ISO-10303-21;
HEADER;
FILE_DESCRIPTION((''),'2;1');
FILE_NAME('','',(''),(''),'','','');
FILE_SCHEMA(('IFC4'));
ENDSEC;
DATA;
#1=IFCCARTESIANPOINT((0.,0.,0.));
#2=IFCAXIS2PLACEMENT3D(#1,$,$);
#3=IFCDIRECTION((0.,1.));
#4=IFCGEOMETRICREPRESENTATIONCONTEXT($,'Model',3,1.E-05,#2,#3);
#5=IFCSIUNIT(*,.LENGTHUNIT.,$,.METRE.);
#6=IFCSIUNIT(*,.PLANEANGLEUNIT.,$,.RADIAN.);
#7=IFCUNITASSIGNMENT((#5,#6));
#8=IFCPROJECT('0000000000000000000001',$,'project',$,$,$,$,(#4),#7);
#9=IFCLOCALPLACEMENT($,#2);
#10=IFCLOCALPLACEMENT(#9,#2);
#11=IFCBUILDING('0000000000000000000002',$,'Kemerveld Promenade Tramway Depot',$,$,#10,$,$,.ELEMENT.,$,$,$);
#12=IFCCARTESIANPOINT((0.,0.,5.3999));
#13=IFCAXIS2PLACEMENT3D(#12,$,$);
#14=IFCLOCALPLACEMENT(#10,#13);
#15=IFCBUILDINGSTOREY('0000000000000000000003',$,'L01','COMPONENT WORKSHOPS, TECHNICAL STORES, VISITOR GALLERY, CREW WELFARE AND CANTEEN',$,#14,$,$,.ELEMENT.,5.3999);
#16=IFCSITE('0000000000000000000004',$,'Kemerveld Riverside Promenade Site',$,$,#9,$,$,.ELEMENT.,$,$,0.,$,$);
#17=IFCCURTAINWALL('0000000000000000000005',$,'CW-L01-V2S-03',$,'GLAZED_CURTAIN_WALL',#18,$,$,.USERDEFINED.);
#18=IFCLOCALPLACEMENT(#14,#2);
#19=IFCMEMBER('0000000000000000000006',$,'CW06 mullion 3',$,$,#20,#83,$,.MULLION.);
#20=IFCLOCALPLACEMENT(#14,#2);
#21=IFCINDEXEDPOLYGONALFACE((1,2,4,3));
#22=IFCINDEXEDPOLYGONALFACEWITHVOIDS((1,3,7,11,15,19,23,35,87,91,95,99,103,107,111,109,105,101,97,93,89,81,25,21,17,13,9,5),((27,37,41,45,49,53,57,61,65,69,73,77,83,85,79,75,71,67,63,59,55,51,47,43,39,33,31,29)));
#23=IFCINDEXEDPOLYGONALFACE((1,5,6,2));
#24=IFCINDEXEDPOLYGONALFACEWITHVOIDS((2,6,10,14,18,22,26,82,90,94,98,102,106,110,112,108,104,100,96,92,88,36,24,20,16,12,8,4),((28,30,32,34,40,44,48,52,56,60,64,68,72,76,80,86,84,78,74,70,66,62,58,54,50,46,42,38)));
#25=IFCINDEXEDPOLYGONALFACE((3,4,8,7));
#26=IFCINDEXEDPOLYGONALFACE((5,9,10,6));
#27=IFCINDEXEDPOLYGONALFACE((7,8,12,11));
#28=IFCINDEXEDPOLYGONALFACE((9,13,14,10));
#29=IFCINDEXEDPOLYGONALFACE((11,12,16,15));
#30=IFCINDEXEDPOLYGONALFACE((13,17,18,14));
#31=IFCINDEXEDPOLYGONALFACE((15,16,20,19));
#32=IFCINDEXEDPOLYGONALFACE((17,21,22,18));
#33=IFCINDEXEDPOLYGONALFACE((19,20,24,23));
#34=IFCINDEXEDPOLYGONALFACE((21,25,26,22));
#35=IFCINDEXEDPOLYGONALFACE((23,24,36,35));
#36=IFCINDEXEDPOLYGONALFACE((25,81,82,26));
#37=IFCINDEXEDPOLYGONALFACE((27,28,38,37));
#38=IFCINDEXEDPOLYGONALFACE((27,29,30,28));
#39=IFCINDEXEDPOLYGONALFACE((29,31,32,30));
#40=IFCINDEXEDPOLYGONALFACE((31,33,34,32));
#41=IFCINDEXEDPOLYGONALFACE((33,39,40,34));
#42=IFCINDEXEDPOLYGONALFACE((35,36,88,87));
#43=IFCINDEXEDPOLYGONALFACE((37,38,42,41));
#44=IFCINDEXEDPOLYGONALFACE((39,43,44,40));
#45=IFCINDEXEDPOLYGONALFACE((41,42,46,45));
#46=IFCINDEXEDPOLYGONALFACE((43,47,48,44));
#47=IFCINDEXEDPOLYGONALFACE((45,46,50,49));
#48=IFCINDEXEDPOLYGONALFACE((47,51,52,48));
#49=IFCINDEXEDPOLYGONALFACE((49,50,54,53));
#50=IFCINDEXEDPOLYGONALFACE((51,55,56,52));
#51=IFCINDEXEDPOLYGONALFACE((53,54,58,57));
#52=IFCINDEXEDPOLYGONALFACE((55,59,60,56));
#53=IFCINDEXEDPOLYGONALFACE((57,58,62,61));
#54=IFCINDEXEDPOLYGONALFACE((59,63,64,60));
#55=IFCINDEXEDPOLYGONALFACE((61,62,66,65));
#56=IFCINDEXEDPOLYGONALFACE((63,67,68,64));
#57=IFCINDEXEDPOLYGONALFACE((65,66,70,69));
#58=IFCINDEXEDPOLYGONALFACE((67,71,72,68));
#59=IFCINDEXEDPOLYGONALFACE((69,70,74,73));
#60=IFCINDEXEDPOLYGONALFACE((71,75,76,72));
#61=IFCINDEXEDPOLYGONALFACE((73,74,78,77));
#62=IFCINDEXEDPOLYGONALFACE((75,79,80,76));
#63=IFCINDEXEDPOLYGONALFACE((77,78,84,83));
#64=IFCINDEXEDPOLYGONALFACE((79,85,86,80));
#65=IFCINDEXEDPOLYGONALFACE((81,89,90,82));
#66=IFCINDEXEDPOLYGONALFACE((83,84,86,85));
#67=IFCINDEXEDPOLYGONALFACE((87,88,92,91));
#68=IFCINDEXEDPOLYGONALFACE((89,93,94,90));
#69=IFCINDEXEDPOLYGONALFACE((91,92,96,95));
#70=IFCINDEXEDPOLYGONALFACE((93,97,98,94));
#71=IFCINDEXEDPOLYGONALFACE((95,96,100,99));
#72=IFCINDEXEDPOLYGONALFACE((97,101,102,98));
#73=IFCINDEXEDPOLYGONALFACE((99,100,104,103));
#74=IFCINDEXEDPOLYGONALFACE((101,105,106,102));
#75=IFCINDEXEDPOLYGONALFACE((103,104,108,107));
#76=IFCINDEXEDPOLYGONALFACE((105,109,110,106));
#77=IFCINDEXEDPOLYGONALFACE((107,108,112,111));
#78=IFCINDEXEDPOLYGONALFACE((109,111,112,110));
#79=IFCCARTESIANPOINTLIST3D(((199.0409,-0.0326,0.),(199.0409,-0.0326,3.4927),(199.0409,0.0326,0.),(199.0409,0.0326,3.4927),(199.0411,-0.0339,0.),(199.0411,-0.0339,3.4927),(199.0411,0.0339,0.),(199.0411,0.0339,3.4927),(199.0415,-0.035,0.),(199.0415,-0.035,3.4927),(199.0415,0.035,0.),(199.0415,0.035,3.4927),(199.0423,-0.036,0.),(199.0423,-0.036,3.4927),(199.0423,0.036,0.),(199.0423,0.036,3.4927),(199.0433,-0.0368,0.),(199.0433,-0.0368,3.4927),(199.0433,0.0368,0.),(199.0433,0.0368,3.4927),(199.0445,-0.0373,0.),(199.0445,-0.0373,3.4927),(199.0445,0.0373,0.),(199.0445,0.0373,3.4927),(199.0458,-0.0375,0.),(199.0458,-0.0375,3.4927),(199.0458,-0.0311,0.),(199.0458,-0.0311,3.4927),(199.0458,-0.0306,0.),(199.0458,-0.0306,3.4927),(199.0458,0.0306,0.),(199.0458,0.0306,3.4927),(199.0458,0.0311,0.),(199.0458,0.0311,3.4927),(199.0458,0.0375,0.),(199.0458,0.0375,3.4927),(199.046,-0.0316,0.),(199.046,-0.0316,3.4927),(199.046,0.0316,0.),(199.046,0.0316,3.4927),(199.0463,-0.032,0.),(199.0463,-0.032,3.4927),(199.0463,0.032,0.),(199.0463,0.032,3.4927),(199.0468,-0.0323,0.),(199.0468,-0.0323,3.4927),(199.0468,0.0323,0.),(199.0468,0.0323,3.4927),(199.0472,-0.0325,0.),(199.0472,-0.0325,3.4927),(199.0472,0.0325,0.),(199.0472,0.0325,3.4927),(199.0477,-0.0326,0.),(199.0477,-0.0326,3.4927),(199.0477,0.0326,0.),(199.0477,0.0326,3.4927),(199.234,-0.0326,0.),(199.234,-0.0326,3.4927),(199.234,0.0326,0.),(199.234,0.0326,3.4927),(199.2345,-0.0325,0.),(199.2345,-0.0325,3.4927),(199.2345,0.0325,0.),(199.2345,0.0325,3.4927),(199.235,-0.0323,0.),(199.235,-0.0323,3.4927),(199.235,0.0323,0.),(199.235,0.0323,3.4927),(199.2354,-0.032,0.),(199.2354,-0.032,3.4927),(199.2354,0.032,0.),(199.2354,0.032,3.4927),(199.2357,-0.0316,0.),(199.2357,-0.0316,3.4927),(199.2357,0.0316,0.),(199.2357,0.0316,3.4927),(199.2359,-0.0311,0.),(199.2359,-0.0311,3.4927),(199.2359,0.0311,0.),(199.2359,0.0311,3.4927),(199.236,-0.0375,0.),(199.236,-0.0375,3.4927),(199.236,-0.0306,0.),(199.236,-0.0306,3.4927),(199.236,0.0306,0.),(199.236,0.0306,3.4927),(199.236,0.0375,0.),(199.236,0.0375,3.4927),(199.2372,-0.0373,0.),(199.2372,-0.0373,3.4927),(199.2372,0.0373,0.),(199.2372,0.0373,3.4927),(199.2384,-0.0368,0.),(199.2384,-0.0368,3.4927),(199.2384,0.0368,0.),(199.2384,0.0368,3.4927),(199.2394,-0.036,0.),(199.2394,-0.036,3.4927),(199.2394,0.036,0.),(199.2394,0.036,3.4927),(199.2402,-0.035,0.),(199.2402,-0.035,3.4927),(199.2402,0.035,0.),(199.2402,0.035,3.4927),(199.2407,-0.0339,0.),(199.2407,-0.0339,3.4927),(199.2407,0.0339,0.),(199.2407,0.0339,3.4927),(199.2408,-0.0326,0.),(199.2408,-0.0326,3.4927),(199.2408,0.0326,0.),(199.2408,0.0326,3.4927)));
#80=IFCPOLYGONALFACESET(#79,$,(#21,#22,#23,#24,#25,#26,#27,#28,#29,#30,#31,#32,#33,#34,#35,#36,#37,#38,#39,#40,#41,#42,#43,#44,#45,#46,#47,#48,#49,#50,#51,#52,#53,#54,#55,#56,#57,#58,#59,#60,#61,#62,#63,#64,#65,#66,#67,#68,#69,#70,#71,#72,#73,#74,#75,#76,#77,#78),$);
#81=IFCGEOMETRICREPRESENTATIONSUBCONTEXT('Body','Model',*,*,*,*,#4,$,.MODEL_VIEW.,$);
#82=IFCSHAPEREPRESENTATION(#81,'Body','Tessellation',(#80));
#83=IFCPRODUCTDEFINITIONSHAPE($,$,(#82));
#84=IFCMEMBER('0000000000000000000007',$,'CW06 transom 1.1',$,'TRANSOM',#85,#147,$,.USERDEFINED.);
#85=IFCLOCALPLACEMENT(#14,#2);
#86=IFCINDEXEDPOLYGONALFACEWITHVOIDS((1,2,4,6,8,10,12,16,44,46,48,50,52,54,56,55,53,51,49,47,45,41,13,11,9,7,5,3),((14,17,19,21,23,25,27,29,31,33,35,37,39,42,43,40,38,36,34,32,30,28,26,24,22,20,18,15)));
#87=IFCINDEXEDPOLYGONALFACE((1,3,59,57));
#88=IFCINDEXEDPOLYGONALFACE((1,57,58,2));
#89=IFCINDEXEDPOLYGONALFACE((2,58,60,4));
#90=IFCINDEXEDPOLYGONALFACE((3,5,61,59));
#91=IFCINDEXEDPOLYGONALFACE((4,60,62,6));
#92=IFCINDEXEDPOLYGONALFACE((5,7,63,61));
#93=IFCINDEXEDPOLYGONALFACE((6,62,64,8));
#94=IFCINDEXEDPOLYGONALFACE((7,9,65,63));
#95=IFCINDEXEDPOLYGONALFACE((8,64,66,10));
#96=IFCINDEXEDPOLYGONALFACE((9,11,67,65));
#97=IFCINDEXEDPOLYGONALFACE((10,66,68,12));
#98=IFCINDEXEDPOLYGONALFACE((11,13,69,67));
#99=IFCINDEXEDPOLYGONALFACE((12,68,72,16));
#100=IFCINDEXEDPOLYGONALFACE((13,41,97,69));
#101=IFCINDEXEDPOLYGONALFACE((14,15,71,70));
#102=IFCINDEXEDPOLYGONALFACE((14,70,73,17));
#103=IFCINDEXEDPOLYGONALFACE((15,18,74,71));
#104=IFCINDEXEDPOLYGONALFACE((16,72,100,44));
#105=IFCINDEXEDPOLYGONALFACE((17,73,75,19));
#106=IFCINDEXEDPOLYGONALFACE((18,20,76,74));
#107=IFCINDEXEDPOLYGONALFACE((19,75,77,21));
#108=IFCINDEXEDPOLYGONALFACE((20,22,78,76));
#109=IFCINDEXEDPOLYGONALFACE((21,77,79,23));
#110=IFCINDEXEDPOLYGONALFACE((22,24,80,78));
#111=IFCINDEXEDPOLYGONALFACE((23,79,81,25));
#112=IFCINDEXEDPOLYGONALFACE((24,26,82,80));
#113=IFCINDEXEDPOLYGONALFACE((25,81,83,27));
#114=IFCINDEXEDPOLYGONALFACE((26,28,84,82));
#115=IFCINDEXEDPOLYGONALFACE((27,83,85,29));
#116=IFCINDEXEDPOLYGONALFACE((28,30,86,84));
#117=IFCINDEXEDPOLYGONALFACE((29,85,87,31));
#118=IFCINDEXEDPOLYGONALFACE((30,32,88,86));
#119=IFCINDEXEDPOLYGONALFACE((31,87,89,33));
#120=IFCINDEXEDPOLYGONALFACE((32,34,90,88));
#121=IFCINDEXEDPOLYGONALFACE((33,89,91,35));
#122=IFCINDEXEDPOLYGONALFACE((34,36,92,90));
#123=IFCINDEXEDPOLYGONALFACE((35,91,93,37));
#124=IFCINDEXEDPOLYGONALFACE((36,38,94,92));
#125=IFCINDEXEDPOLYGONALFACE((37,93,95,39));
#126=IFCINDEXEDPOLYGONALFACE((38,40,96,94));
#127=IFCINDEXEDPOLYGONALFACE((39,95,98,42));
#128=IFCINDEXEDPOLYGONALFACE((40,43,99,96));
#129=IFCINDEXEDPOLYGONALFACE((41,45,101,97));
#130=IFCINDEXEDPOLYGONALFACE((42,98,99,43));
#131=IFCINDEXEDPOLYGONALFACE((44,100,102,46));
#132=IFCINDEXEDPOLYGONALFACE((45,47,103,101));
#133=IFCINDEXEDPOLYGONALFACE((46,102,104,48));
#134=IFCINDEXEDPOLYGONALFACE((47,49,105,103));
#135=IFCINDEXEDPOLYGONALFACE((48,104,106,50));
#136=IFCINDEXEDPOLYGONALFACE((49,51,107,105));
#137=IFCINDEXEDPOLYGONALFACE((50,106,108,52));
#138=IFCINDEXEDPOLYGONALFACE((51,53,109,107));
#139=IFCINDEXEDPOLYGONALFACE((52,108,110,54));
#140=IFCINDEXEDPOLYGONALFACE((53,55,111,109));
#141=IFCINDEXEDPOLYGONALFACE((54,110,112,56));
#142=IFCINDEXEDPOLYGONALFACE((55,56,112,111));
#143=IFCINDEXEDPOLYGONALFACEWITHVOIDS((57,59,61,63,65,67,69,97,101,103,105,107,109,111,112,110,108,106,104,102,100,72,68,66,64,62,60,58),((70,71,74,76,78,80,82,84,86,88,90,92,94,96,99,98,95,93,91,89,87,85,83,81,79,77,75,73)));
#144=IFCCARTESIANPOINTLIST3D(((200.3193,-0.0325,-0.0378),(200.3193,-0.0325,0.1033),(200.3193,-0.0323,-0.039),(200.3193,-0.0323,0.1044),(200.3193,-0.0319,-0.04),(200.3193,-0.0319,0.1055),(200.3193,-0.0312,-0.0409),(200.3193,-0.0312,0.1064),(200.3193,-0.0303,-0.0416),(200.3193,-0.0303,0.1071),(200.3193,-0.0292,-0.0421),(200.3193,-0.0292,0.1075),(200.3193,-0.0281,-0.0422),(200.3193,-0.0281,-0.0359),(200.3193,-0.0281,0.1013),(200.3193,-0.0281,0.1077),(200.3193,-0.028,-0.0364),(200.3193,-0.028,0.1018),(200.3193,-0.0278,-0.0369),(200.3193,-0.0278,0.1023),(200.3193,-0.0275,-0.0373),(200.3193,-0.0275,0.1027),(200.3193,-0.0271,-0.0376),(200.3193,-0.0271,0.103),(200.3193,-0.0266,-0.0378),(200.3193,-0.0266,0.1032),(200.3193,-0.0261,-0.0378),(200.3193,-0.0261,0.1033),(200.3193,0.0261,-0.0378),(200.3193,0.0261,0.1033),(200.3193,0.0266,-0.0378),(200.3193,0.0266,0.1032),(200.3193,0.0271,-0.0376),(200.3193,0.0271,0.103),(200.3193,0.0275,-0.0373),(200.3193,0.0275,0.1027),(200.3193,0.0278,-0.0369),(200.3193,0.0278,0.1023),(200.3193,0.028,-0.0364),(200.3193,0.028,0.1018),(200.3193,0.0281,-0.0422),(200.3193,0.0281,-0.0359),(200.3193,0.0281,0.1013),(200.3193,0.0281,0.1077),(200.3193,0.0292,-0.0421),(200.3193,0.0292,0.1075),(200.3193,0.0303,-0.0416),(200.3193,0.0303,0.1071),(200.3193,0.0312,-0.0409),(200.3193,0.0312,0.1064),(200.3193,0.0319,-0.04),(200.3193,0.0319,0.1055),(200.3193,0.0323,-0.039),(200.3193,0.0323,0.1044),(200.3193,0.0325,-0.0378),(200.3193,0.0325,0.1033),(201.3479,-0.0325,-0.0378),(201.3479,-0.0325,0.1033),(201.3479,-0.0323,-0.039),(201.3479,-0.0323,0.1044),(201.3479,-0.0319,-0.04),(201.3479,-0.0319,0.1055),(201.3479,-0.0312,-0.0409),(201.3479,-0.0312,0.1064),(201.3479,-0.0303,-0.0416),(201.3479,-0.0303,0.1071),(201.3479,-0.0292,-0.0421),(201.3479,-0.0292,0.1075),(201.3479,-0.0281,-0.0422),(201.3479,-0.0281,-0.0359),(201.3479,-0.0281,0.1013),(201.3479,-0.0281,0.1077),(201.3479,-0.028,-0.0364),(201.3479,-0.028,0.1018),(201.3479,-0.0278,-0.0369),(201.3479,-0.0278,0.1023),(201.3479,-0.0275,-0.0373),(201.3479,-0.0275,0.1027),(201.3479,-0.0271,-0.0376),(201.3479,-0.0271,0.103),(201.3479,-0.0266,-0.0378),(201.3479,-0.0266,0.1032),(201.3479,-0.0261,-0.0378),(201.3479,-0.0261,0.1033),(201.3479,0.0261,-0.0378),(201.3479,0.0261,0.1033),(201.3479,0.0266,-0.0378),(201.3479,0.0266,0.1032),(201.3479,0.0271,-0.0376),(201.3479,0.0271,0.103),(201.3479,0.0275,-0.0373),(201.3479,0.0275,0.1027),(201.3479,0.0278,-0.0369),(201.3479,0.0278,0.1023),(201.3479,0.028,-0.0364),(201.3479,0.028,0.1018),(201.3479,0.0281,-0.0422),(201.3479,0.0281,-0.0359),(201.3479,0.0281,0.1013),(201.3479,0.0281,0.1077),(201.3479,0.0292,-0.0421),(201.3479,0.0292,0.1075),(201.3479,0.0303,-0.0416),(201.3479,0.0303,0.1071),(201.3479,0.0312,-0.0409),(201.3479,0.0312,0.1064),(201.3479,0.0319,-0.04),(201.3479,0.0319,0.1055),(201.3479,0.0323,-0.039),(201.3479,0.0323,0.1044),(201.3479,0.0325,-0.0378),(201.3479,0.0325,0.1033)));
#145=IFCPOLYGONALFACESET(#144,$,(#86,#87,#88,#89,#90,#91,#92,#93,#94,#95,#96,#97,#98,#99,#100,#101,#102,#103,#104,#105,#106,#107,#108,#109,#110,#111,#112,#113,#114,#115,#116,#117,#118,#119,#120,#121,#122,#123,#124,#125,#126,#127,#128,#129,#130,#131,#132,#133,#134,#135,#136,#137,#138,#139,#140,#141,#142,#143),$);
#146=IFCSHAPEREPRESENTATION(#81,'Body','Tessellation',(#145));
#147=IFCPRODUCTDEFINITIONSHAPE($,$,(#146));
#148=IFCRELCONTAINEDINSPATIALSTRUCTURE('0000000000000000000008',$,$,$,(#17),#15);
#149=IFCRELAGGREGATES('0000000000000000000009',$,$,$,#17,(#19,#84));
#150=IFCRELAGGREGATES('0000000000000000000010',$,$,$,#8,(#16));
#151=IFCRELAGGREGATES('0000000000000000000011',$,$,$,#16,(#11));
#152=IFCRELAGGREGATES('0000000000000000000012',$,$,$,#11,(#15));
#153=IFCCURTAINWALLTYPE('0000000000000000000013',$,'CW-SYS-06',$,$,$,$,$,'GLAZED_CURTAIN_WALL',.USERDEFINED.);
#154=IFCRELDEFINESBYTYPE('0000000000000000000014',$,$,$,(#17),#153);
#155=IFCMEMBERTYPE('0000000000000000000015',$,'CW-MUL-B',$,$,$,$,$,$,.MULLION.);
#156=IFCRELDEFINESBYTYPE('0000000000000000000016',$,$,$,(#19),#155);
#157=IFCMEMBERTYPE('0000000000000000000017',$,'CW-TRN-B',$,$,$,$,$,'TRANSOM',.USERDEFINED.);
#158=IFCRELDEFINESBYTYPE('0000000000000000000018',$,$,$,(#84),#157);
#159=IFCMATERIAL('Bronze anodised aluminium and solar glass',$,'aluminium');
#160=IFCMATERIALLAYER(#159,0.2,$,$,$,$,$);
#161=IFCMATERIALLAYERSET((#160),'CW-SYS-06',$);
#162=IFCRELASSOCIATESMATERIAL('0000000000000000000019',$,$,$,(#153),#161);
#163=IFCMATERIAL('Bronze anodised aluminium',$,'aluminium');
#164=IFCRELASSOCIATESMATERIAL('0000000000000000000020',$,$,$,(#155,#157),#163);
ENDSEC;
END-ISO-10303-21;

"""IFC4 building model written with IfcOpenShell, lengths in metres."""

from ifc_helpers import new_model, si_unit, direction, frame, origin, origin_2d, place, context, subcontext, project, spatial, hollow_rectangle, extrude, material, layer, layer_set, material_profile, profile_set, type_object, element, aggregate, save


model = new_model("IFC4")

# Units and contexts
model_context = context("Model", 3, precision=1e-05, world=origin(), true_north=direction((0.0, 1.0)))
body_context = subcontext(model_context, "Body", "Model", "MODEL_VIEW")
ifc_project = project(units=[si_unit("LENGTHUNIT", "METRE"), si_unit("PLANEANGLEUNIT", "RADIAN")], contexts=[model_context])

# Site, building, storey
site_placement = place(None, origin())
site = spatial("IfcSite", under=ifc_project, at=site_placement, Name="Kemerveld Riverside Promenade Site", CompositionType="ELEMENT", RefElevation=0.0)
building_placement = place(site_placement, origin())
building = spatial("IfcBuilding", under=site, at=building_placement, Name="Kemerveld Promenade Tramway Depot", CompositionType="ELEMENT")
storey_placement = place(building_placement, frame((0.0, 0.0, 5.3999)))
storey = spatial("IfcBuildingStorey", under=building, at=storey_placement, Name="L01", Description="COMPONENT WORKSHOPS, TECHNICAL STORES, VISITOR GALLERY, CREW WELFARE AND CANTEEN", CompositionType="ELEMENT", Elevation=5.3999)

# Curtain wall, members
ifc_material_1 = material(Name="Bronze anodised aluminium and solar glass", Category="aluminium")
ifc_layer_1 = layer(ifc_material_1, 0.2)
ifc_layer_set_1 = layer_set([ifc_layer_1], Name="CW-SYS-06")
curtain_wall_type = type_object("IfcCurtainWallType", Name="CW-SYS-06", ElementType="GLAZED_CURTAIN_WALL", PredefinedType="USERDEFINED", material=ifc_layer_set_1)
curtain_wall_placement = place(storey_placement, origin())
curtain_wall = element("IfcCurtainWall", 1, at=curtain_wall_placement, inside=storey, type_object=curtain_wall_type, Name="CW-L01-V2S-03", ObjectType="GLAZED_CURTAIN_WALL", PredefinedType="USERDEFINED")
ifc_material_2 = material(Name="Bronze anodised aluminium", Category="aluminium")
ifc_material_profile_1 = material_profile(ifc_material_2, hollow_rectangle(XDim=0.075, YDim=0.2, WallThickness=0.0049, InnerFilletRadius=0.002, OuterFilletRadius=0.0049, at=origin_2d()), Name="CW-MUL-200x75")
ifc_profile_set_1 = profile_set([ifc_material_profile_1], Name="Bronze anodised aluminium")
member_type_1 = type_object("IfcMemberType", Name="CW-MUL-B", PredefinedType="MULLION", material=ifc_profile_set_1)
member_1_placement = place(storey_placement, frame((199.1409, 0.0, 0.0), z_axis=(0.0, 0.0, 1.0), x_axis=(0.0, -1.0, 0.0)))
member_1 = element("IfcMember", 2, at=member_1_placement, type_object=member_type_1, Name="CW06 mullion 3", PredefinedType="MULLION", context=body_context, shape_type="SweptSolid", body=[
    extrude(hollow_rectangle(XDim=0.075, YDim=0.2, WallThickness=0.0049, InnerFilletRadius=0.002, OuterFilletRadius=0.0049, at=origin_2d()), origin(), (0.0, 0.0, 1.0), 3.4927),
])
ifc_material_profile_2 = material_profile(ifc_material_2, hollow_rectangle(XDim=0.0649, YDim=0.1499, WallThickness=0.0044, InnerFilletRadius=0.002, OuterFilletRadius=0.0044, at=origin_2d()), Name="CW-TRN-150x65")
ifc_profile_set_2 = profile_set([ifc_material_profile_2], Name="Bronze anodised aluminium")
member_type_2 = type_object("IfcMemberType", Name="CW-TRN-B", ElementType="TRANSOM", PredefinedType="USERDEFINED", material=ifc_profile_set_2)
member_2_placement = place(storey_placement, frame((201.3479, 0.0, 0.0327), z_axis=(-1.0, 0.0, 0.0), x_axis=(0.0, -1.0, 0.0)))
member_2 = element("IfcMember", 3, at=member_2_placement, type_object=member_type_2, Name="CW06 transom 1.1", ObjectType="TRANSOM", PredefinedType="USERDEFINED", context=body_context, shape_type="SweptSolid", body=[
    extrude(hollow_rectangle(XDim=0.0649, YDim=0.1499, WallThickness=0.0044, InnerFilletRadius=0.002, OuterFilletRadius=0.0044, at=origin_2d()), origin(), (0.0, 0.0, 1.0), 1.0286),
])
aggregate(curtain_wall, [member_1, member_2])

save(model, "model.ifc")
